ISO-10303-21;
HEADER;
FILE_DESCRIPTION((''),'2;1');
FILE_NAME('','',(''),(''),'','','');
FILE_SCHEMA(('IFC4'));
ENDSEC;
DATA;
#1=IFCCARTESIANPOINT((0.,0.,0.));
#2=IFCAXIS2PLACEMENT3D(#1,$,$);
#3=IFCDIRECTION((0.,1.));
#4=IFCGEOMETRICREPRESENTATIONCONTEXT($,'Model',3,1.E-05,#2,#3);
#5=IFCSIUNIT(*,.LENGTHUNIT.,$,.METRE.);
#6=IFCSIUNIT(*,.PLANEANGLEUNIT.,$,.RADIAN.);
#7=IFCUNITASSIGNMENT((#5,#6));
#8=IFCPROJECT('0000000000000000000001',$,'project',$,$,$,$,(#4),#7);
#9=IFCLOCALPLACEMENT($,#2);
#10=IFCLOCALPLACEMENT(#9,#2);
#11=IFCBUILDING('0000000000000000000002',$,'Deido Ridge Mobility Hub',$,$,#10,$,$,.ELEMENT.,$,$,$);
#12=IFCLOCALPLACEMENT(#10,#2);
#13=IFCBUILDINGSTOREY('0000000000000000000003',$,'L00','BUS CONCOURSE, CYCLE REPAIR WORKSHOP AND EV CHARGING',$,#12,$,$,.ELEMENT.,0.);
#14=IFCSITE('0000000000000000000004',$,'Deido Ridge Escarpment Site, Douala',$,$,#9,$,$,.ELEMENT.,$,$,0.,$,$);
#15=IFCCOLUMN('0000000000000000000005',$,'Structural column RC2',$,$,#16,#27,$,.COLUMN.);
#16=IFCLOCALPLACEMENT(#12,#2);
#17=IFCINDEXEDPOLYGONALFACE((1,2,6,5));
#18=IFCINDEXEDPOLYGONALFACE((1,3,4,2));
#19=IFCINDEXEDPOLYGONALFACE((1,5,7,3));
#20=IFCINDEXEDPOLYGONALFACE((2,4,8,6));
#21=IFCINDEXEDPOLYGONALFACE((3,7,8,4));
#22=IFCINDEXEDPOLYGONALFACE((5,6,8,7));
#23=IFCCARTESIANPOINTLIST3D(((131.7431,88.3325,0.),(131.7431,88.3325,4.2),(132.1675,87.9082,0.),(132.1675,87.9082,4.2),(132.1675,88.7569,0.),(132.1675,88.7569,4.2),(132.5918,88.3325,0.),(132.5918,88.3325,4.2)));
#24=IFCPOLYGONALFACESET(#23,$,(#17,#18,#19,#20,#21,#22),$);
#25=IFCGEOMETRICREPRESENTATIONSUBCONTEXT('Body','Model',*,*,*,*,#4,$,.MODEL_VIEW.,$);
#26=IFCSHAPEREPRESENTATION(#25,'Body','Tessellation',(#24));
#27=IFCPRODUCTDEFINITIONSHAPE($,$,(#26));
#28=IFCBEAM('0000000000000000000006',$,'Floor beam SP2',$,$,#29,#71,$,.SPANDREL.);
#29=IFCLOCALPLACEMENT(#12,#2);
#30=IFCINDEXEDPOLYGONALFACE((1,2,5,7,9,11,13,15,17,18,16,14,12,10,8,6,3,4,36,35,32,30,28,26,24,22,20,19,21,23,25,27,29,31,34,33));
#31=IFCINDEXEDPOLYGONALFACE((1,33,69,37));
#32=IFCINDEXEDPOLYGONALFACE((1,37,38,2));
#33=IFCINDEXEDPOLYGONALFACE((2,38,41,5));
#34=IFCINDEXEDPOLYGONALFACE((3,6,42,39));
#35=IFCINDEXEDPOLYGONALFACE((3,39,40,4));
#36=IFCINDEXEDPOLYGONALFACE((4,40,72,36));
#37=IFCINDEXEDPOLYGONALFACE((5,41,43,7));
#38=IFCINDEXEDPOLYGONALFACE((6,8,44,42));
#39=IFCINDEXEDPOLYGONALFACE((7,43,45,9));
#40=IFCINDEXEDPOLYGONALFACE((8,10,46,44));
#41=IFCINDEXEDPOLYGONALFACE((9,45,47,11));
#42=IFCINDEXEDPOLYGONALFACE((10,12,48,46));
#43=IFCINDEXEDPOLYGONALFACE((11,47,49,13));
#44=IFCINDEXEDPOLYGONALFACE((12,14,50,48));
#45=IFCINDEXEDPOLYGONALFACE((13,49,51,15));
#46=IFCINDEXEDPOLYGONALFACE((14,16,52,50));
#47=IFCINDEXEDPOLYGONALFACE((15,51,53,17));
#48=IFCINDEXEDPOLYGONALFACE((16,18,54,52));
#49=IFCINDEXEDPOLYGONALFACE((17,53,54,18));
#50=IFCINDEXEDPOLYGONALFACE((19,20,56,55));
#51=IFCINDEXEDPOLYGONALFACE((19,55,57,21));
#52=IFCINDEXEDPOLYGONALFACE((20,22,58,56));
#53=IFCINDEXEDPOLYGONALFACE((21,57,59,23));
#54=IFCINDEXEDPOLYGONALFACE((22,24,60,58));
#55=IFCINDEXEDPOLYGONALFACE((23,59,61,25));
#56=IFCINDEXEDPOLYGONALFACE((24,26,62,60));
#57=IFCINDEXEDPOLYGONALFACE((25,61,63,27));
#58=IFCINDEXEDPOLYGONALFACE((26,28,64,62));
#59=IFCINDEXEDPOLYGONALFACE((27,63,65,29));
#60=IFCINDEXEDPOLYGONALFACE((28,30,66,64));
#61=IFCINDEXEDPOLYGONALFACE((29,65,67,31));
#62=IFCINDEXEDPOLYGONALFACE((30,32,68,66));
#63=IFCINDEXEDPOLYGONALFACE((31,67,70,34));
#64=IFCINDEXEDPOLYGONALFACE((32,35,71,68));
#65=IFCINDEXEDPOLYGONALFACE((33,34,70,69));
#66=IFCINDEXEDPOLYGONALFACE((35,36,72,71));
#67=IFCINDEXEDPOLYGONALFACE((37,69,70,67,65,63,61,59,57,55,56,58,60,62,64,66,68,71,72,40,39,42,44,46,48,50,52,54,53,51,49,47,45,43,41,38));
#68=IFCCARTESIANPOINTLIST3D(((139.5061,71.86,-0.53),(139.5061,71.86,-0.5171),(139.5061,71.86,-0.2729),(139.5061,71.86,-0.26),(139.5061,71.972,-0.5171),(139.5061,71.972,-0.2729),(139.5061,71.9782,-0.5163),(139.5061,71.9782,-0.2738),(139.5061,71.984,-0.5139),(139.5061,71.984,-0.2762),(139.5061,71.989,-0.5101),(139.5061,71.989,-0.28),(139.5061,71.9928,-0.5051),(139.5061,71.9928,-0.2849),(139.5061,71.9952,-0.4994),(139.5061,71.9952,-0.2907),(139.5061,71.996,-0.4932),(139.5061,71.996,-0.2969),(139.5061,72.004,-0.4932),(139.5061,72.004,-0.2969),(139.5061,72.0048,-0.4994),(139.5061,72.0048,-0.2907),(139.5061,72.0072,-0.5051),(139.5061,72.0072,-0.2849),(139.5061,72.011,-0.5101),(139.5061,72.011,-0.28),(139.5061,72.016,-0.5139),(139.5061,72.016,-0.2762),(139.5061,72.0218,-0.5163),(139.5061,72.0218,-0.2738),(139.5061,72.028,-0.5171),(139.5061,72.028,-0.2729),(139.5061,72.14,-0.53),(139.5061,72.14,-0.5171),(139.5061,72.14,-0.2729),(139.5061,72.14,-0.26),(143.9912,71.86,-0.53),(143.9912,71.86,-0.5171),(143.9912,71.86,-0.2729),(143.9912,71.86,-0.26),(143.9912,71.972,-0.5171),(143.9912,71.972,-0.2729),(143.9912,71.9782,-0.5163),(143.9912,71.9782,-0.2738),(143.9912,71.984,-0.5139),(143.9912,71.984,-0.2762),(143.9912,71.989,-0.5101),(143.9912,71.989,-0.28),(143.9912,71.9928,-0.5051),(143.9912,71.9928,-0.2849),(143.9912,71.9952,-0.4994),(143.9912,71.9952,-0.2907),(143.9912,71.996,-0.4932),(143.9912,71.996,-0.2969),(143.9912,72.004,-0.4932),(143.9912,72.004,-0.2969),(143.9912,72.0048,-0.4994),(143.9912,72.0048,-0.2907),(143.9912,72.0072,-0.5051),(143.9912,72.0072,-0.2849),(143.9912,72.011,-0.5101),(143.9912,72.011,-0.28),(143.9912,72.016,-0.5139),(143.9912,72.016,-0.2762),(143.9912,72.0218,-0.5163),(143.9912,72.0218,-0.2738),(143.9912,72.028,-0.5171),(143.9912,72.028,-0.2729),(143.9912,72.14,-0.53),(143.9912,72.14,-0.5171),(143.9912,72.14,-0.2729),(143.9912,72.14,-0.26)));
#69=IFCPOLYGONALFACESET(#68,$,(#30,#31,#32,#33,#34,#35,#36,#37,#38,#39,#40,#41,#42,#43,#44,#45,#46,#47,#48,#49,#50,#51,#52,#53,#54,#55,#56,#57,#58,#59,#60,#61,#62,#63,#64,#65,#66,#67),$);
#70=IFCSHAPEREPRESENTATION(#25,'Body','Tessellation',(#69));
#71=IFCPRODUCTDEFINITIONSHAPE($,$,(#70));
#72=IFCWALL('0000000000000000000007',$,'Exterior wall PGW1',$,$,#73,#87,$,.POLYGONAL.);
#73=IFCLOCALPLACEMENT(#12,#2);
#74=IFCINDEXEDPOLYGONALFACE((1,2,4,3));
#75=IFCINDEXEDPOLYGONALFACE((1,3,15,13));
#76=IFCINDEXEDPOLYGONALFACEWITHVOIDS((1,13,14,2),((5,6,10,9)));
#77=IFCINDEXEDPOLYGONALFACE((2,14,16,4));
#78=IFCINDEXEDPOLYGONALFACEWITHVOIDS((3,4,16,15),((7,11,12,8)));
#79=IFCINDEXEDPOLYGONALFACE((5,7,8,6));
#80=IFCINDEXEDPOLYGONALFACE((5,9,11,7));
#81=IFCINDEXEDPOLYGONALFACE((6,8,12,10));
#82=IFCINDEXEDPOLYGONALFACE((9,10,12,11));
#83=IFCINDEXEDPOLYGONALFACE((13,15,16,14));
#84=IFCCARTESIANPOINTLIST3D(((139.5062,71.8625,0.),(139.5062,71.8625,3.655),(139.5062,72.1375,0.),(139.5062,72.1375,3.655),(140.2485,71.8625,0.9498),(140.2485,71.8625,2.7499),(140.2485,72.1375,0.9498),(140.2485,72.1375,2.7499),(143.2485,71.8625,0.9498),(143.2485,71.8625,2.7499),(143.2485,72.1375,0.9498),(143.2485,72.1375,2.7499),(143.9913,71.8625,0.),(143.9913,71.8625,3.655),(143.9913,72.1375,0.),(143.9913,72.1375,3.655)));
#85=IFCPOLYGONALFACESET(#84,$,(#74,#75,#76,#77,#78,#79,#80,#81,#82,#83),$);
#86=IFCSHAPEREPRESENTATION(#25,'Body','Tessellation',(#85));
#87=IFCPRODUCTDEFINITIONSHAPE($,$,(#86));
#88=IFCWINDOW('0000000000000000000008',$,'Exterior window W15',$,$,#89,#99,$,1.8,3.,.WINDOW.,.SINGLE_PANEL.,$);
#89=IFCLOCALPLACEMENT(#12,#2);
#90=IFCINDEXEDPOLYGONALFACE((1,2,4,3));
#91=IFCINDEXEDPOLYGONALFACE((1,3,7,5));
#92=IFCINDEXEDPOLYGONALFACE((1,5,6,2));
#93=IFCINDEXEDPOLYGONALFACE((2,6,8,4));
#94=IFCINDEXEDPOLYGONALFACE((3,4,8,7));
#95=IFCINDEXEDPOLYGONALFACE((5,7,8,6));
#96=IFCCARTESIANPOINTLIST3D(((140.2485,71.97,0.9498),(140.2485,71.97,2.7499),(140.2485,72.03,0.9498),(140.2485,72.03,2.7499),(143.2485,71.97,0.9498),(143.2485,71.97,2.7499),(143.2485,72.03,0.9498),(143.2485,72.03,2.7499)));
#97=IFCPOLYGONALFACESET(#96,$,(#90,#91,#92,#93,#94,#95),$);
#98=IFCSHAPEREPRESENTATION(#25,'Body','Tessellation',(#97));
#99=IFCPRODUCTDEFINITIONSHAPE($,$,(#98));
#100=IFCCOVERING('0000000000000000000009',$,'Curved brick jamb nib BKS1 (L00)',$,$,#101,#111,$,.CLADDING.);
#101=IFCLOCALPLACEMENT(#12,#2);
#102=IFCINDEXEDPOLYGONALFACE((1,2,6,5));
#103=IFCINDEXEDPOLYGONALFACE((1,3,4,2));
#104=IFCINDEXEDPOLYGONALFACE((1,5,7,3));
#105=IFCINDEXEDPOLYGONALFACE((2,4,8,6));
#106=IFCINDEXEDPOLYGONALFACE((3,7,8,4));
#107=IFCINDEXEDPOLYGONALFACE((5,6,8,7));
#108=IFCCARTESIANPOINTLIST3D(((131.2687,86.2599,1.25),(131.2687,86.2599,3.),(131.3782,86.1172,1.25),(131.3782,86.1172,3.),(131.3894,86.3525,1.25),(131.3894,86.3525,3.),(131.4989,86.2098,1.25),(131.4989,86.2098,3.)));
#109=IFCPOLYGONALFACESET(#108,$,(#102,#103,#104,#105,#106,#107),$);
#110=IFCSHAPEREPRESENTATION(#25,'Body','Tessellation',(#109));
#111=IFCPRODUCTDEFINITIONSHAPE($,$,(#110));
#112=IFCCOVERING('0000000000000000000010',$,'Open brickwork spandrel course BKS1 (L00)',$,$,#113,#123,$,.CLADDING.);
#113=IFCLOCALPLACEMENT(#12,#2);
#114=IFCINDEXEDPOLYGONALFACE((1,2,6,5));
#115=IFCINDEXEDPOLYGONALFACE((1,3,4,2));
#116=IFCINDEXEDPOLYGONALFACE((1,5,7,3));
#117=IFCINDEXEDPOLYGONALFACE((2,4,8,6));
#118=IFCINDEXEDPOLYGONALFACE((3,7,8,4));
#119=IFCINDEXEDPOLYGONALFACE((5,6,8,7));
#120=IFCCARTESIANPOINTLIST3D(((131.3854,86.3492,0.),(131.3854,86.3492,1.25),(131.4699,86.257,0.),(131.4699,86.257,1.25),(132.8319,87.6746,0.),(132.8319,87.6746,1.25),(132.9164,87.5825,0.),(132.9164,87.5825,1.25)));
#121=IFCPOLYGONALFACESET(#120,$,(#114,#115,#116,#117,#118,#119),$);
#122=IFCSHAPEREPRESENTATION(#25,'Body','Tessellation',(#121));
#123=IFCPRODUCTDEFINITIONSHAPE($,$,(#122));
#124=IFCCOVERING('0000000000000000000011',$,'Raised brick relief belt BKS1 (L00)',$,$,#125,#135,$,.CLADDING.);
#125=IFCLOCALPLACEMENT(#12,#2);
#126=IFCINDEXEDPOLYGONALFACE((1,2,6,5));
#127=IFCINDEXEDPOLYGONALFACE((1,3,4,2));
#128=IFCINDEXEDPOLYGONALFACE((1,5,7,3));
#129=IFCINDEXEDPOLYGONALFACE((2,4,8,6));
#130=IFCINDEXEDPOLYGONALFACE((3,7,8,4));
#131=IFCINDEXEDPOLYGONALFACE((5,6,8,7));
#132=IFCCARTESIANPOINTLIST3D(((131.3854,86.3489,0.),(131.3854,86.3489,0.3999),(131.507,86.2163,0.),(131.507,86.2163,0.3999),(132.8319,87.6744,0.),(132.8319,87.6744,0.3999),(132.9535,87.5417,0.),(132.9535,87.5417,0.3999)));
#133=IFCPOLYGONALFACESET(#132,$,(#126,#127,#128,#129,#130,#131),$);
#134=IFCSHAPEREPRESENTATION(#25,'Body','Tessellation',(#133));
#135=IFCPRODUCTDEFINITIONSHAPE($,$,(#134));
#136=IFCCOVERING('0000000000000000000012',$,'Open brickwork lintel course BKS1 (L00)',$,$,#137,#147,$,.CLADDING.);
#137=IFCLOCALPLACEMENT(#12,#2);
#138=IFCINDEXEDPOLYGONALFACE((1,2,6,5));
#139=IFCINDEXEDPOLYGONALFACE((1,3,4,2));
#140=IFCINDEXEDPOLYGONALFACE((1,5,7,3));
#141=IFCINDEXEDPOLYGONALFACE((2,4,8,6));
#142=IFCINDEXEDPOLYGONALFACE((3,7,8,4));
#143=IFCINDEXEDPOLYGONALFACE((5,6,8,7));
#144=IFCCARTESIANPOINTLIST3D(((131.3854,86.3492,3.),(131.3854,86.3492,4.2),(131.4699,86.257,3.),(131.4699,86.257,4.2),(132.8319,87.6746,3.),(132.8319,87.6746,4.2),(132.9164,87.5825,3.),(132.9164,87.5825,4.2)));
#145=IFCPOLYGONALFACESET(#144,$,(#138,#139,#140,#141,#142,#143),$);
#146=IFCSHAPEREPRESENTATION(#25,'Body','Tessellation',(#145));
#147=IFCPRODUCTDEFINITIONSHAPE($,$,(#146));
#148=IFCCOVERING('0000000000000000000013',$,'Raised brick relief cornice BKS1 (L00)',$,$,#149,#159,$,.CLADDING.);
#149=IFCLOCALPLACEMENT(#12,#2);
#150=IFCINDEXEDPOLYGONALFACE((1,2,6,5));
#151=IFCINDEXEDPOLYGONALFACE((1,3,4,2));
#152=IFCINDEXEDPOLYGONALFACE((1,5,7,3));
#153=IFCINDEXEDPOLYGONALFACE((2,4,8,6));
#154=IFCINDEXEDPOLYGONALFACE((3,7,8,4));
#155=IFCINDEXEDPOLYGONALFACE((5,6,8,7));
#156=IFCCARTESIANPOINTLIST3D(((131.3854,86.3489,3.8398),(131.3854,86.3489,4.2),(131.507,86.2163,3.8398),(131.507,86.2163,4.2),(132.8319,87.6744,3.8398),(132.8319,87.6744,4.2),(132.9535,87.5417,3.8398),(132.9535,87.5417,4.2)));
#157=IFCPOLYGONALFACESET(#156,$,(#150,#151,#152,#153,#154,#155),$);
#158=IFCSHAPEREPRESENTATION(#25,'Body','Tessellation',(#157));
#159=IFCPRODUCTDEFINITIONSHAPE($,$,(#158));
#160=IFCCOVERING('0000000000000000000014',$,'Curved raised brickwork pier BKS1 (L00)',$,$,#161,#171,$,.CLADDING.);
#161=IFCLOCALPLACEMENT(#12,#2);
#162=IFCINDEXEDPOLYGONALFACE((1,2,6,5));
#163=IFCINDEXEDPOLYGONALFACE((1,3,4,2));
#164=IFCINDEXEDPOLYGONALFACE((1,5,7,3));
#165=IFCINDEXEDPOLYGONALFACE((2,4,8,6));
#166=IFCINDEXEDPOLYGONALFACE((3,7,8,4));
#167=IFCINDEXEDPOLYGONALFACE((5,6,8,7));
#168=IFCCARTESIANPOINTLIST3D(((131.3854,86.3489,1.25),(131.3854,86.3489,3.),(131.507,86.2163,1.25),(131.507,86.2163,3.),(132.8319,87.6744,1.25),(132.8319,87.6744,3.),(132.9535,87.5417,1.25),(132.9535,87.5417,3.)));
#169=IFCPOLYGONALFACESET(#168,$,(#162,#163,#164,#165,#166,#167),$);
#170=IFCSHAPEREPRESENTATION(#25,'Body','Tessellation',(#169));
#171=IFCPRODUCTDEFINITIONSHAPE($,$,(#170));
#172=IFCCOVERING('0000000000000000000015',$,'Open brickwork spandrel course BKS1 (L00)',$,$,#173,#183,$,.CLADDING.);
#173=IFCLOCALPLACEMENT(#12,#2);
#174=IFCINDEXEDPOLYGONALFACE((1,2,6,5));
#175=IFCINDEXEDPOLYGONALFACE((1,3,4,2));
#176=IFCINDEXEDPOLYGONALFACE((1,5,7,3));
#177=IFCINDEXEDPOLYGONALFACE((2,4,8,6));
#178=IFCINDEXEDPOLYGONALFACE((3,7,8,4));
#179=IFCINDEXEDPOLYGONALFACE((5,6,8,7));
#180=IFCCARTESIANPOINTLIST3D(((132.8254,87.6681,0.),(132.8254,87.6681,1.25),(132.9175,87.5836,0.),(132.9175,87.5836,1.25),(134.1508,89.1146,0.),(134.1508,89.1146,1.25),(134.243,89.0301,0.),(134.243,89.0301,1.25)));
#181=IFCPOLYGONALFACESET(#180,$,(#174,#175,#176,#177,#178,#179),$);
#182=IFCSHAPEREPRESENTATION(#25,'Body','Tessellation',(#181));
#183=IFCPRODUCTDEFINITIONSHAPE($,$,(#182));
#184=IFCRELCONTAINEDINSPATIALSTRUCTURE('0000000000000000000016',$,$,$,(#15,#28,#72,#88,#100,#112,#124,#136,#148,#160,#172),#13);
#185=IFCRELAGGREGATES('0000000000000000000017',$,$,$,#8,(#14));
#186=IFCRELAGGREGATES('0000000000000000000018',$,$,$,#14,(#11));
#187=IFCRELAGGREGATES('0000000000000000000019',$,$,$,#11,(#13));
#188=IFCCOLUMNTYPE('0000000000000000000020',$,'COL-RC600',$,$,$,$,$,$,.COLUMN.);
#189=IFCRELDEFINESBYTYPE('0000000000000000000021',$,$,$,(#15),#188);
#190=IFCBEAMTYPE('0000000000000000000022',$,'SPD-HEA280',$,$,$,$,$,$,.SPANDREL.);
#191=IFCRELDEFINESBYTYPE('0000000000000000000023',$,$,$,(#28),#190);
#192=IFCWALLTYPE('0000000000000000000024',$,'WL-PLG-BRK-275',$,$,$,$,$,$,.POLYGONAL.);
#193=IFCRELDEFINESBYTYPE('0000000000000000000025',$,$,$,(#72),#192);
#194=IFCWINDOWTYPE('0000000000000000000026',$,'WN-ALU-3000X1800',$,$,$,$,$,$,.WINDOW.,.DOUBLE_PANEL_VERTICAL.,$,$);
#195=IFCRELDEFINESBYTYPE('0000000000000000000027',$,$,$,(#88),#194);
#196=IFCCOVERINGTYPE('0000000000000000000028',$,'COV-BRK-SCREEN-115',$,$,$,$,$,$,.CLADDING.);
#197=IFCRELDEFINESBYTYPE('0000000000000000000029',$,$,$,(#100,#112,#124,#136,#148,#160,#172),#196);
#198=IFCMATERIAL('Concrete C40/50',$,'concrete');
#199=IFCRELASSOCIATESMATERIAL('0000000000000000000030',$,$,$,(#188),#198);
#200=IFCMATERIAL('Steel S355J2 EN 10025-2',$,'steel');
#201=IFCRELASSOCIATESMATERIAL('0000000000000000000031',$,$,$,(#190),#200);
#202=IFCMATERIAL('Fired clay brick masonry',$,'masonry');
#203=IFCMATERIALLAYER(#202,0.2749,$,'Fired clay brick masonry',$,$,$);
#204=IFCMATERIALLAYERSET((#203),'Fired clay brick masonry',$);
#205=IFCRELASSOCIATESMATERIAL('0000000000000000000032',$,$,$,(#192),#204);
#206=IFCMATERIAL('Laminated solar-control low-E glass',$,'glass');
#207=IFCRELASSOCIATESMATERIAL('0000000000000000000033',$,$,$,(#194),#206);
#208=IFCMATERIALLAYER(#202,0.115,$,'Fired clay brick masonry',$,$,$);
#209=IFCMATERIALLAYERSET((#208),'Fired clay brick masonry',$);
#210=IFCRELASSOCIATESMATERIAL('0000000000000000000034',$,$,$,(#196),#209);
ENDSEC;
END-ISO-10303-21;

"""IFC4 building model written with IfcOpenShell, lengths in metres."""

from ifc_helpers import new_model, si_unit, direction, frame, frame_2d, origin, origin_2d, place, context, subcontext, project, spatial, rectangle, i_section, extrude, material, layer, layer_set, material_profile, profile_set, type_object, element, fill, save


model = new_model("IFC4")

# Units and contexts
model_context = context("Model", 3, precision=1e-05, world=origin(), true_north=direction((0.0, 1.0)))
body_context = subcontext(model_context, "Body", "Model", "MODEL_VIEW")
ifc_project = project(units=[si_unit("LENGTHUNIT", "METRE"), si_unit("PLANEANGLEUNIT", "RADIAN")], contexts=[model_context])

# Site, building, storey
site_placement = place(None, origin())
site = spatial("IfcSite", under=ifc_project, at=site_placement, Name="Deido Ridge Escarpment Site, Douala", CompositionType="ELEMENT", RefElevation=0.0)
building_placement = place(site_placement, origin())
building = spatial("IfcBuilding", under=site, at=building_placement, Name="Deido Ridge Mobility Hub", CompositionType="ELEMENT")
storey_placement = place(building_placement, origin())
storey = spatial("IfcBuildingStorey", under=building, at=storey_placement, Name="L00", Description="BUS CONCOURSE, CYCLE REPAIR WORKSHOP AND EV CHARGING", CompositionType="ELEMENT", Elevation=0.0)

# Column
ifc_material_1 = material(Name="Concrete C40/50", Category="concrete")
ifc_material_profile_1 = material_profile(ifc_material_1, rectangle(XDim=0.6001, YDim=0.6001, at=origin_2d()), Name="RC COL 600x600")
ifc_profile_set_1 = profile_set([ifc_material_profile_1], Name="Concrete C40/50")
column_type = type_object("IfcColumnType", Name="COL-RC600", PredefinedType="COLUMN", material=ifc_profile_set_1)
column_placement = place(storey_placement, frame((132.1675, 88.3325, 0.0), z_axis=(0.0, 0.0, 1.0), x_axis=(0.707107, -0.707107, 0.0)))
element("IfcColumn", 1, at=column_placement, inside=storey, type_object=column_type, Name="Structural column RC2", PredefinedType="COLUMN", context=body_context, shape_type="SweptSolid", body=[
    extrude(rectangle(XDim=0.6001, YDim=0.6001, at=origin_2d()), origin(), (0.0, 0.0, 1.0), 4.2),
])

# Beam
ifc_material_2 = material(Name="Steel S355J2 EN 10025-2", Category="steel")
ifc_material_profile_2 = material_profile(ifc_material_2, i_section(OverallWidth=0.28, OverallDepth=0.27, WebThickness=0.0081, FlangeThickness=0.0129, FilletRadius=0.0239, at=origin_2d()), Name="HEA 280")
ifc_profile_set_2 = profile_set([ifc_material_profile_2], Name="Steel S355J2 EN 10025-2")
beam_type = type_object("IfcBeamType", Name="SPD-HEA280", PredefinedType="SPANDREL", material=ifc_profile_set_2)
beam_placement = place(storey_placement, frame((139.5061, 72.0, -0.395), z_axis=(1.0, 0.0, 0.0), x_axis=(0.0, 1.0, 0.0)))
element("IfcBeam", 2, at=beam_placement, inside=storey, type_object=beam_type, Name="Floor beam SP2", PredefinedType="SPANDREL", context=body_context, shape_type="SweptSolid", body=[
    extrude(i_section(OverallWidth=0.28, OverallDepth=0.27, WebThickness=0.0081, FlangeThickness=0.0129, FilletRadius=0.0239, at=origin_2d()), origin(), (0.0, 0.0, 1.0), 4.4851),
])

# Wall, opening, window
ifc_material_3 = material(Name="Fired clay brick masonry", Category="masonry")
ifc_layer_1 = layer(ifc_material_3, 0.2749, Name="Fired clay brick masonry")
ifc_layer_set_1 = layer_set([ifc_layer_1], Name="Fired clay brick masonry")
wall_type = type_object("IfcWallType", Name="WL-PLG-BRK-275", PredefinedType="POLYGONAL", material=ifc_layer_set_1)
wall_placement = place(storey_placement, frame((139.5061, 72.0, 0.0), z_axis=(0.0, 0.0, 1.0), x_axis=(1.0, 0.0, 0.0)))
wall = element("IfcWall", 3, at=wall_placement, inside=storey, type_object=wall_type, Name="Exterior wall PGW1", PredefinedType="POLYGONAL", context=body_context, shape_type="SweptSolid", body=[
    extrude(rectangle(XDim=4.4851, YDim=0.2749, at=frame_2d((2.2427, 0.0))), origin(), (0.0, 0.0, 1.0), 3.655),
])
opening_placement = place(wall_placement, frame((0.7424, 0.0, 0.95)))
opening = element("IfcOpeningElement", 4, at=opening_placement, cuts=wall, PredefinedType="OPENING", context=body_context, shape_type="SweptSolid", body=[
    extrude(rectangle(XDim=3.0, YDim=1.8, at=frame_2d((1.5, 0.8999))), frame((0.0, 0.1475, 0.0), z_axis=(0.0, -1.0, 0.0), x_axis=(1.0, 0.0, 0.0)), (0.0, 0.0, 1.0), 0.2949),
])
ifc_material_4 = material(Name="Laminated solar-control low-E glass", Category="glass")
window_type = type_object("IfcWindowType", Name="WN-ALU-3000X1800", PartitioningType="DOUBLE_PANEL_VERTICAL", PredefinedType="WINDOW", material=ifc_material_4)
window_placement = place(opening_placement, origin())
window = element("IfcWindow", 5, at=window_placement, inside=storey, type_object=window_type, Name="Exterior window W15", OverallHeight=1.8, OverallWidth=3.0, PartitioningType="SINGLE_PANEL", PredefinedType="WINDOW", context=body_context, shape_type="SweptSolid", body=[
    extrude(rectangle(XDim=3.0, YDim=1.8, at=frame_2d((1.5, 0.8999))), frame((0.0, 0.03, 0.0), z_axis=(0.0, -1.0, 0.0), x_axis=(1.0, 0.0, 0.0)), (0.0, 0.0, 1.0), 0.0601),
])
fill(opening, window)

# Coverings
ifc_layer_2 = layer(ifc_material_3, 0.115, Name="Fired clay brick masonry")
ifc_layer_set_2 = layer_set([ifc_layer_2], Name="Fired clay brick masonry")
covering_type = type_object("IfcCoveringType", Name="COV-BRK-SCREEN-115", PredefinedType="CLADDING", material=ifc_layer_set_2)
covering_1_placement = place(storey_placement, frame((131.3838, 86.2349, 1.25), z_axis=(0.0, 0.0, 1.0), x_axis=(0.793353, 0.608761, 0.0)))
element("IfcCovering", 6, at=covering_1_placement, inside=storey, type_object=covering_type, Name="Curved brick jamb nib BKS1 (L00)", PredefinedType="CLADDING", context=body_context, shape_type="SweptSolid", body=[
    extrude(rectangle(XDim=0.1521, YDim=0.1799, at=origin_2d()), origin(), (0.0, 0.0, 1.0), 1.75),
])
covering_2_placement = place(storey_placement, frame((132.1509, 86.9658, 0.0), z_axis=(0.0, 0.0, 1.0), x_axis=(0.737289, 0.675577, 0.0)))
element("IfcCovering", 7, at=covering_2_placement, inside=storey, type_object=covering_type, Name="Open brickwork spandrel course BKS1 (L00)", PredefinedType="CLADDING", context=body_context, shape_type="SweptSolid", body=[
    extrude(rectangle(XDim=1.9619, YDim=0.125, at=origin_2d()), origin(), (0.0, 0.0, 1.0), 1.25),
])
covering_3_placement = place(storey_placement, frame((132.1694, 86.9453, 0.0), z_axis=(0.0, 0.0, 1.0), x_axis=(0.737289, 0.675577, 0.0)))
element("IfcCovering", 8, at=covering_3_placement, inside=storey, type_object=covering_type, Name="Raised brick relief belt BKS1 (L00)", PredefinedType="CLADDING", context=body_context, shape_type="SweptSolid", body=[
    extrude(rectangle(XDim=1.9619, YDim=0.1799, at=origin_2d()), origin(), (0.0, 0.0, 1.0), 0.3999),
])
covering_4_placement = place(storey_placement, frame((132.1509, 86.9658, 3.0), z_axis=(0.0, 0.0, 1.0), x_axis=(0.737289, 0.675577, 0.0)))
element("IfcCovering", 9, at=covering_4_placement, inside=storey, type_object=covering_type, Name="Open brickwork lintel course BKS1 (L00)", PredefinedType="CLADDING", context=body_context, shape_type="SweptSolid", body=[
    extrude(rectangle(XDim=1.9619, YDim=0.125, at=origin_2d()), origin(), (0.0, 0.0, 1.0), 1.2),
])
covering_5_placement = place(storey_placement, frame((132.1694, 86.9453, 3.8398), z_axis=(0.0, 0.0, 1.0), x_axis=(0.737289, 0.675577, 0.0)))
element("IfcCovering", 10, at=covering_5_placement, inside=storey, type_object=covering_type, Name="Raised brick relief cornice BKS1 (L00)", PredefinedType="CLADDING", context=body_context, shape_type="SweptSolid", body=[
    extrude(rectangle(XDim=1.9619, YDim=0.1799, at=origin_2d()), origin(), (0.0, 0.0, 1.0), 0.3601),
])
covering_6_placement = place(storey_placement, frame((132.1694, 86.9453, 1.25), z_axis=(0.0, 0.0, 1.0), x_axis=(0.737289, 0.675577, 0.0)))
element("IfcCovering", 11, at=covering_6_placement, inside=storey, type_object=covering_type, Name="Curved raised brickwork pier BKS1 (L00)", PredefinedType="CLADDING", context=body_context, shape_type="SweptSolid", body=[
    extrude(rectangle(XDim=1.9619, YDim=0.1799, at=origin_2d()), origin(), (0.0, 0.0, 1.0), 1.75),
])
covering_7_placement = place(storey_placement, frame((133.5342, 88.3491, 0.0), z_axis=(0.0, 0.0, 1.0), x_axis=(0.675577, 0.737289, 0.0)))
element("IfcCovering", 12, at=covering_7_placement, inside=storey, type_object=covering_type, Name="Open brickwork spandrel course BKS1 (L00)", PredefinedType="CLADDING", context=body_context, shape_type="SweptSolid", body=[
    extrude(rectangle(XDim=1.9619, YDim=0.125, at=origin_2d()), origin(), (0.0, 0.0, 1.0), 1.25),
])

save(model, "model.ifc")
